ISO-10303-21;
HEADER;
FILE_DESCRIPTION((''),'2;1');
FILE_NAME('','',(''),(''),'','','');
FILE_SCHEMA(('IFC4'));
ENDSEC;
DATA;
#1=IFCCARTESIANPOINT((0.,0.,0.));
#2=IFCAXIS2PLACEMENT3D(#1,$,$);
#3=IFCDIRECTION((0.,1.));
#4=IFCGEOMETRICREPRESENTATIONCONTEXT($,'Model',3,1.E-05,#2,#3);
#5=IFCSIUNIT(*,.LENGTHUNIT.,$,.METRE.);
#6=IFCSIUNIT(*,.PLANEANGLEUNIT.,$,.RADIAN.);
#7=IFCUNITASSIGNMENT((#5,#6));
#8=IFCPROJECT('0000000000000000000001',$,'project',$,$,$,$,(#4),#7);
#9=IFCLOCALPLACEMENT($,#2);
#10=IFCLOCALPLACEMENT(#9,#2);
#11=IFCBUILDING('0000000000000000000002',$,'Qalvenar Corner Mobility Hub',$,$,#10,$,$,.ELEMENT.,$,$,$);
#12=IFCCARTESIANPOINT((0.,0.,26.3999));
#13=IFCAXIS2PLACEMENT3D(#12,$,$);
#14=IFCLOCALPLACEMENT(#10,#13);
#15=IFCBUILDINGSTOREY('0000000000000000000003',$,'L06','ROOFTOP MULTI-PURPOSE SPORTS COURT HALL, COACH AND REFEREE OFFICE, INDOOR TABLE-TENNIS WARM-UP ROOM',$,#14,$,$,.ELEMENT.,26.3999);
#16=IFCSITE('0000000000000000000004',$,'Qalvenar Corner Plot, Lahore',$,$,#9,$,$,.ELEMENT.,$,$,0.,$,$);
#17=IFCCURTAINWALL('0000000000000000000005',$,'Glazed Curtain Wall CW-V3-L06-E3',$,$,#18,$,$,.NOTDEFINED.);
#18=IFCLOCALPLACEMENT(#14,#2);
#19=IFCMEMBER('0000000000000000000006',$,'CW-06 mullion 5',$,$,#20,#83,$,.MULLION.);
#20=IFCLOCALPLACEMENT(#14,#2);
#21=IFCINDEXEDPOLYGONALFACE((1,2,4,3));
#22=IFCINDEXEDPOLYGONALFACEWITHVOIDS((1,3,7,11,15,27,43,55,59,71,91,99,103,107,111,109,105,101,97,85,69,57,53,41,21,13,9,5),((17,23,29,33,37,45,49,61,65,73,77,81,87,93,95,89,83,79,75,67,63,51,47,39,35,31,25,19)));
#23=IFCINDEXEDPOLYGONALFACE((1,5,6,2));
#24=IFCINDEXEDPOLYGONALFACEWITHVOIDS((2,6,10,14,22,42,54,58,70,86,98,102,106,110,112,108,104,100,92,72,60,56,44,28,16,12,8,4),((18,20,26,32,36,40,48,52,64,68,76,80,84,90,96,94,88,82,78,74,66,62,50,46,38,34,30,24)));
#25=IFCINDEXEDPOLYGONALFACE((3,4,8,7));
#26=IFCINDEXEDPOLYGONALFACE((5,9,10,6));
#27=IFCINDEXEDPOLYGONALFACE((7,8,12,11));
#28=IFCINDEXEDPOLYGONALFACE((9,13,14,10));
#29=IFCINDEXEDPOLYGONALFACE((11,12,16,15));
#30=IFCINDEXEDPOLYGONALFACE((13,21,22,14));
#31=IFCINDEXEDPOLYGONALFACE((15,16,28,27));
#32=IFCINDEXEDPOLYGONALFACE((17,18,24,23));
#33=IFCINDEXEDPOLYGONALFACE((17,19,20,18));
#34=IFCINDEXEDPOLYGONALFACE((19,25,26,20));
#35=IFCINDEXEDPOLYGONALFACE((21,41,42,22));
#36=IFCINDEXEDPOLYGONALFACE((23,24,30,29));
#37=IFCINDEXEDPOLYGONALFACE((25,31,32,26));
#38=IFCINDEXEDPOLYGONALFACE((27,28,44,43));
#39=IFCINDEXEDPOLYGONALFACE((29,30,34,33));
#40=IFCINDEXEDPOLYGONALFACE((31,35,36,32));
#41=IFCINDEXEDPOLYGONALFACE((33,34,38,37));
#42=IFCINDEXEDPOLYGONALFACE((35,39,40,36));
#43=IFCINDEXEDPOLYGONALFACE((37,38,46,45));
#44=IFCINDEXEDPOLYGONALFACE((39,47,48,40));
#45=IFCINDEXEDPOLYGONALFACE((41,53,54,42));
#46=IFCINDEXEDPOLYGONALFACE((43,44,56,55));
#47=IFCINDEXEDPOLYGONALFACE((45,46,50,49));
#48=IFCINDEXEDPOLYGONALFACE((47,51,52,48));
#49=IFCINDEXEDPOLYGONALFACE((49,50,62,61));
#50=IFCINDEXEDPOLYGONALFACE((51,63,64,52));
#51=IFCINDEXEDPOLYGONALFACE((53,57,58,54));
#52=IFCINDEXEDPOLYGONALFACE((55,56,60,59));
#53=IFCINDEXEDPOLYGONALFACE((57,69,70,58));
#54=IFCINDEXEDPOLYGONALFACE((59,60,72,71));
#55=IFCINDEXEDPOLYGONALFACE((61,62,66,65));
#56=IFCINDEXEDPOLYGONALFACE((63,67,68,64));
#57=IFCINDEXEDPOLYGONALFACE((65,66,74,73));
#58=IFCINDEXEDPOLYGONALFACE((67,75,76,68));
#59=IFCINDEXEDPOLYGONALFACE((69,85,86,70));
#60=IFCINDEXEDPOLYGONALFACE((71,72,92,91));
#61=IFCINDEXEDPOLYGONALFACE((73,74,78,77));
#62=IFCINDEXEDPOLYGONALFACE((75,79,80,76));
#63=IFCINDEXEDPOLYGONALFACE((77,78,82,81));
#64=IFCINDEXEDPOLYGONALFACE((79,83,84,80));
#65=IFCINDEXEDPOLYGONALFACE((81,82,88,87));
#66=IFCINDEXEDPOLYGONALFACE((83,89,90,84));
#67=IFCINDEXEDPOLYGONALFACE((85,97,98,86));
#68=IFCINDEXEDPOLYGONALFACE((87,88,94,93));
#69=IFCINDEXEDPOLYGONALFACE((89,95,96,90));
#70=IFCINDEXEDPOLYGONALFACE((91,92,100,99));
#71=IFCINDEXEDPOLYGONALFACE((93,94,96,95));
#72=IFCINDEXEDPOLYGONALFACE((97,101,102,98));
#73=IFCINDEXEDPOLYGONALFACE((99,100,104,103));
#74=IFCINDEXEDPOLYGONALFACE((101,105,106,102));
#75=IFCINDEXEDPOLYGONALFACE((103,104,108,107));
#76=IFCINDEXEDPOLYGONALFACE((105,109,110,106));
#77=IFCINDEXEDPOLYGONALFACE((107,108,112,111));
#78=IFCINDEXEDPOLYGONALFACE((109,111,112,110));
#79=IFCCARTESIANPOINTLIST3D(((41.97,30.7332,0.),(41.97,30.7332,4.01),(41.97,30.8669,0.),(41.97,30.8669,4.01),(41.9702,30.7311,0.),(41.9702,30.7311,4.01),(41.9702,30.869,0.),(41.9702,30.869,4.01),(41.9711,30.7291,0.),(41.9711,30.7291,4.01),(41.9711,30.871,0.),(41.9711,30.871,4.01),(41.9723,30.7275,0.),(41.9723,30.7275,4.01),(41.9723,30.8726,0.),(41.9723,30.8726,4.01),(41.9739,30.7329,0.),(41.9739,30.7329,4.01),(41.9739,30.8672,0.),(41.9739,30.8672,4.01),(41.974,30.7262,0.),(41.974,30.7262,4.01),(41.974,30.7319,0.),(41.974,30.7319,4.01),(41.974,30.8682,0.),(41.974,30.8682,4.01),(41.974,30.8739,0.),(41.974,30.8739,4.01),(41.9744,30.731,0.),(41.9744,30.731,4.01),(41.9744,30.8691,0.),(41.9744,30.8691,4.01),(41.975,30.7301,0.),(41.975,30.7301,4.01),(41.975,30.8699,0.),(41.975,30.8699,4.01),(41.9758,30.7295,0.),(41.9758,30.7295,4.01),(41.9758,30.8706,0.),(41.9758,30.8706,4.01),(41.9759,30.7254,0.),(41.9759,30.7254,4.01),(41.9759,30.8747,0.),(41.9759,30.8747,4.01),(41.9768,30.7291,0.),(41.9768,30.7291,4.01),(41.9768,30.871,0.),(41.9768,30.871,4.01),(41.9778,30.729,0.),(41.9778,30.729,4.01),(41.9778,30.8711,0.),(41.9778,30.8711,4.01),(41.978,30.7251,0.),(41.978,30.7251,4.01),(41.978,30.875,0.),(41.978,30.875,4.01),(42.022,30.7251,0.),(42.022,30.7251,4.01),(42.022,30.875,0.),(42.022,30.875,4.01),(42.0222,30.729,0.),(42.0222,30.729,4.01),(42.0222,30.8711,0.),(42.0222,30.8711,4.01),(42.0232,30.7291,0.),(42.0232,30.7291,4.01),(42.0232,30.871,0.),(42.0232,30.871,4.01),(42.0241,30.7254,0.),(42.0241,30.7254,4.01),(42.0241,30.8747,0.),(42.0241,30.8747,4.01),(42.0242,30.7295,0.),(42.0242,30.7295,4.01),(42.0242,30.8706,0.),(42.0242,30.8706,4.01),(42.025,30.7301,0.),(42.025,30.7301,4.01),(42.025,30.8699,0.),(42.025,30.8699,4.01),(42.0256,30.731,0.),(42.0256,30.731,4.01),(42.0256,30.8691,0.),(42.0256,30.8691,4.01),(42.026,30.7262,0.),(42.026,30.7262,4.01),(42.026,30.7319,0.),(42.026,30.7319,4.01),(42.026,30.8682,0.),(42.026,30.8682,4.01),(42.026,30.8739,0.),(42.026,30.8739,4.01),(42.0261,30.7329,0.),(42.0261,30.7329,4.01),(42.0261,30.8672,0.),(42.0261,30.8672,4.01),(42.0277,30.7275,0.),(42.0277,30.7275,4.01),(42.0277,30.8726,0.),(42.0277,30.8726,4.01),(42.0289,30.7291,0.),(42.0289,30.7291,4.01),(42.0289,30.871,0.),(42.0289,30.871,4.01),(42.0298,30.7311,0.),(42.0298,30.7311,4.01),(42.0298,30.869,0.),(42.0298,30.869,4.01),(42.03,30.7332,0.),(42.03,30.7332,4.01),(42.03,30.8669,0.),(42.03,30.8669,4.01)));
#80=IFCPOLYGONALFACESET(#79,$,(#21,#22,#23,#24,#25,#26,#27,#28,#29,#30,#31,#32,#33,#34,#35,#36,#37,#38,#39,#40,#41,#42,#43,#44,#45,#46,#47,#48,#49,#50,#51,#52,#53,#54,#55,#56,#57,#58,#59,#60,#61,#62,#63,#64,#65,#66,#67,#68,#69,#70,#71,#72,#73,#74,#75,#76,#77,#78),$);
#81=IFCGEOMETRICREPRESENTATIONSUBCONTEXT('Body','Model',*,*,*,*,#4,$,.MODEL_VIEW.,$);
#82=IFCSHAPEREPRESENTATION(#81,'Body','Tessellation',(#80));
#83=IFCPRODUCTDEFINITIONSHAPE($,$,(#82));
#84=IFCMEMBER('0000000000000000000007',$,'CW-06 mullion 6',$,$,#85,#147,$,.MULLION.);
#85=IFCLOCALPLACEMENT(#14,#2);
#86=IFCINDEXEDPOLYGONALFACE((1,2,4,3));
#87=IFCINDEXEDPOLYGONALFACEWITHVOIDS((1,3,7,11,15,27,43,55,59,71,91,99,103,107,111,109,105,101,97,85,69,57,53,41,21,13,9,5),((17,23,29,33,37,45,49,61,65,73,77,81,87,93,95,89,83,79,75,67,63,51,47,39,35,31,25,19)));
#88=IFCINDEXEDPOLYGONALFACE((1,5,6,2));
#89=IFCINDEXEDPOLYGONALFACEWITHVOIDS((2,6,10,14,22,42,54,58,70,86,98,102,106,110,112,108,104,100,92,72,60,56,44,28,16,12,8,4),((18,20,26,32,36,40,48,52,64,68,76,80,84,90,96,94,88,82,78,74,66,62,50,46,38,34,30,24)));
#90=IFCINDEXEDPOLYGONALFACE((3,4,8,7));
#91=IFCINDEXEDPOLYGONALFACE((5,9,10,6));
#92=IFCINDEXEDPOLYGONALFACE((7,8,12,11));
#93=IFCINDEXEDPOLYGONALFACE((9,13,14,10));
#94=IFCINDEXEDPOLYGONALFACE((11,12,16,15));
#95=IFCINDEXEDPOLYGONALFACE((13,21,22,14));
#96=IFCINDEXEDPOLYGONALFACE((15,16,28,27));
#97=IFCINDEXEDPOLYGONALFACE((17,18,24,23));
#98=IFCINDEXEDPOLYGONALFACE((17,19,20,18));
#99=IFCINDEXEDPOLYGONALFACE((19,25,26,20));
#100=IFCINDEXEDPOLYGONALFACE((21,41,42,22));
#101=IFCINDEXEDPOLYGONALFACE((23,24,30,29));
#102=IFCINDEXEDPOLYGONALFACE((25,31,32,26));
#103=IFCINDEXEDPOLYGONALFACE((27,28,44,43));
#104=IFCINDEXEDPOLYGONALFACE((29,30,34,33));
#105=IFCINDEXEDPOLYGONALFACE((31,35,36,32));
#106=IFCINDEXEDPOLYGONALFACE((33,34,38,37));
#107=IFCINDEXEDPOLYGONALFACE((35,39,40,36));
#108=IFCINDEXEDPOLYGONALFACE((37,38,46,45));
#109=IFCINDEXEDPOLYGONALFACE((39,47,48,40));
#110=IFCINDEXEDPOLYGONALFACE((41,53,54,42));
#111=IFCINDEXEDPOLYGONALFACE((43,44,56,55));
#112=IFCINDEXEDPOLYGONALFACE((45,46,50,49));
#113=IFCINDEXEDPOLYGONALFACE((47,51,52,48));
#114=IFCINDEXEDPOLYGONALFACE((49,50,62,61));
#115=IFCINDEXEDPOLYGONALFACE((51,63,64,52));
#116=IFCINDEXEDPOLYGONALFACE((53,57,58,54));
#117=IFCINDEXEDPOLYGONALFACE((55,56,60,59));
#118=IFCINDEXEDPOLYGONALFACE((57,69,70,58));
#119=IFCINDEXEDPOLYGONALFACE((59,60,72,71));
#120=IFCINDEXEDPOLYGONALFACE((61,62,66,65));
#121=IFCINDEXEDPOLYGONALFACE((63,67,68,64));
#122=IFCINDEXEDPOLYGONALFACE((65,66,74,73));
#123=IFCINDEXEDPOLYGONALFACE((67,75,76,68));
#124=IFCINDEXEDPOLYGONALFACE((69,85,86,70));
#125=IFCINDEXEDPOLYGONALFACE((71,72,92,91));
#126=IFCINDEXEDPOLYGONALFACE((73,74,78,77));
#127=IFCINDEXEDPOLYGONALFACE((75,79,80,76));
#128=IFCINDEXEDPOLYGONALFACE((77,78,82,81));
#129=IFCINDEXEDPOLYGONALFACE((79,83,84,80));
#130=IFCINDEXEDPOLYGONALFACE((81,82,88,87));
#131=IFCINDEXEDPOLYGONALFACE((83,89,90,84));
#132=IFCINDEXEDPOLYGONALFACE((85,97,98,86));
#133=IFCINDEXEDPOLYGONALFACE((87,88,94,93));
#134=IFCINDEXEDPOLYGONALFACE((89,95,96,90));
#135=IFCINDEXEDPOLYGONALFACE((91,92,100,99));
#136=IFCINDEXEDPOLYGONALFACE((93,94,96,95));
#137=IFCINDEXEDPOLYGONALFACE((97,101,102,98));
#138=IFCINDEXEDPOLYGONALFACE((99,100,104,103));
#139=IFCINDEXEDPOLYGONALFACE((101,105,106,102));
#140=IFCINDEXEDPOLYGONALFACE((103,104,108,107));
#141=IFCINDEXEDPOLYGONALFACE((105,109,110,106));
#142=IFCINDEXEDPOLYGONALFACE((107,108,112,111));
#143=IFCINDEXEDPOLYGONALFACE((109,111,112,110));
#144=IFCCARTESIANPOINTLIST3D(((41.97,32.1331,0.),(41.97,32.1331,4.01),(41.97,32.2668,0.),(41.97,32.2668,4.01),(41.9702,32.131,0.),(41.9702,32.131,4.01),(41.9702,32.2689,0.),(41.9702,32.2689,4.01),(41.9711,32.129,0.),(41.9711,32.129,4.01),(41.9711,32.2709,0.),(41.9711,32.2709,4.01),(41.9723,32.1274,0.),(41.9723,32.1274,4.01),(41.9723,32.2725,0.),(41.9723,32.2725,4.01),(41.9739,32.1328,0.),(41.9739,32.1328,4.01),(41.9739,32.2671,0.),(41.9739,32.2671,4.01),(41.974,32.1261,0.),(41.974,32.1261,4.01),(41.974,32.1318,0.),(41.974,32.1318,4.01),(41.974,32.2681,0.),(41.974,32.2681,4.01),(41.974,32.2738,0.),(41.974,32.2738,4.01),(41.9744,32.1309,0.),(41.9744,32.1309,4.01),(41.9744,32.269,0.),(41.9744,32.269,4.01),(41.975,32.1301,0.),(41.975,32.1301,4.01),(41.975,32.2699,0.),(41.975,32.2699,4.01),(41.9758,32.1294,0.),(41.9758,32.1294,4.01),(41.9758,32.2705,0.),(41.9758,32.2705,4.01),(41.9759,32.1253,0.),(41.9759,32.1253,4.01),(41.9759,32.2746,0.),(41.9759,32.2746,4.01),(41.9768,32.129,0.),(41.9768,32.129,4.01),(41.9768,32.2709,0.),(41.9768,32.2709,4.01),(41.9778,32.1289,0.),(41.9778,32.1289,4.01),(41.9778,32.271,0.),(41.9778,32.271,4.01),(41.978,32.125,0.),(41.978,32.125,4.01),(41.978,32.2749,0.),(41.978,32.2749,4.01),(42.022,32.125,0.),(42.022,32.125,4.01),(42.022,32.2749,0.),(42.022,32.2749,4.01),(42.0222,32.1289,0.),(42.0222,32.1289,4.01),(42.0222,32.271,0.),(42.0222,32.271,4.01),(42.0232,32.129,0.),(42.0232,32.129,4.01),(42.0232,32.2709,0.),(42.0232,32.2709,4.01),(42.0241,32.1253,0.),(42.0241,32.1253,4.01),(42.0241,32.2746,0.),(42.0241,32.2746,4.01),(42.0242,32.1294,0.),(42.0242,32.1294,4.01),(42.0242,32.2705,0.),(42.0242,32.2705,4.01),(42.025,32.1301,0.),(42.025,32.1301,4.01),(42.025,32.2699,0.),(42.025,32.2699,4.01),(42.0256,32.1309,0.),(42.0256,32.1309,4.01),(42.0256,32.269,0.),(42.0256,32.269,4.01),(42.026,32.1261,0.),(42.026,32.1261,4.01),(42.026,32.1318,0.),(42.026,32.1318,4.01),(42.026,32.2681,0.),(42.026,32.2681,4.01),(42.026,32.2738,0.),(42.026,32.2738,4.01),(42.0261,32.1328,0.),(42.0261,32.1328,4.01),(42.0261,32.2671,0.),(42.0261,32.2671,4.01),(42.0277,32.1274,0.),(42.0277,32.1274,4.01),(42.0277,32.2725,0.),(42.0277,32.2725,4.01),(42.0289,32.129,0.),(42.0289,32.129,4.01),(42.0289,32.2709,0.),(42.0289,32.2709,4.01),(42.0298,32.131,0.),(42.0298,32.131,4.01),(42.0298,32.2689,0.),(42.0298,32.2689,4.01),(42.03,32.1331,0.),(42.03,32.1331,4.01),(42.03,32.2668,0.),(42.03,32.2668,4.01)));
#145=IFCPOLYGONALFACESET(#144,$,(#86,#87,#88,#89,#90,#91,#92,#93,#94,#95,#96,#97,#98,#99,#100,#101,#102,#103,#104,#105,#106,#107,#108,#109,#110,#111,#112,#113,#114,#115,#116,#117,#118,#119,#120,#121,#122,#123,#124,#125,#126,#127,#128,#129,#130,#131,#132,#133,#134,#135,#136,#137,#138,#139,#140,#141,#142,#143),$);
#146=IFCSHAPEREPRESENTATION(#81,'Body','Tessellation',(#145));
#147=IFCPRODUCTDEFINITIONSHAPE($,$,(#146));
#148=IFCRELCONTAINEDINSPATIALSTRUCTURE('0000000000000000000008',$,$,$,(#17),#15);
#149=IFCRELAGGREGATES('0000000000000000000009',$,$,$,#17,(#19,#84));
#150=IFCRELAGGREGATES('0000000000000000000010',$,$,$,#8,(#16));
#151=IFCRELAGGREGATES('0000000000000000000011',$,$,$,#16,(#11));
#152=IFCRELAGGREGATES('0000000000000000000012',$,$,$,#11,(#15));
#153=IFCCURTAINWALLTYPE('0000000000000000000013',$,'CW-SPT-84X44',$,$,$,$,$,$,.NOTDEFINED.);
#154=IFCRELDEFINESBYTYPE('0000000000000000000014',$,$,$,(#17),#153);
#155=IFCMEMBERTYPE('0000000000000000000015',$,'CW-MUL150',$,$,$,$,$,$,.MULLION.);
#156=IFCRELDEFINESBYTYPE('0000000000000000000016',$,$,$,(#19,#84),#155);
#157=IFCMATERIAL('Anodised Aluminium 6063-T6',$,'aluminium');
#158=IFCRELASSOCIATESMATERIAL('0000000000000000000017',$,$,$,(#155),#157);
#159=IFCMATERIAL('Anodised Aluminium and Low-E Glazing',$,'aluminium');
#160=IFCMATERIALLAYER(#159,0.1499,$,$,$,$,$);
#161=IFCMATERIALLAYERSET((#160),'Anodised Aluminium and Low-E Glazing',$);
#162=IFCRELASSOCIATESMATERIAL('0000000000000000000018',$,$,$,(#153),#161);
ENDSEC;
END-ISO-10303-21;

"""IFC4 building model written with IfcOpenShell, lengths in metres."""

from ifc_helpers import new_model, si_unit, direction, frame, origin, origin_2d, place, context, subcontext, project, spatial, hollow_rectangle, extrude, material, layer, layer_set, material_profile, profile_set, type_object, element, aggregate, save


model = new_model("IFC4")

# Units and contexts
model_context = context("Model", 3, precision=1e-05, world=origin(), true_north=direction((0.0, 1.0)))
body_context = subcontext(model_context, "Body", "Model", "MODEL_VIEW")
ifc_project = project(units=[si_unit("LENGTHUNIT", "METRE"), si_unit("PLANEANGLEUNIT", "RADIAN")], contexts=[model_context])

# Site, building, storey
site_placement = place(None, origin())
site = spatial("IfcSite", under=ifc_project, at=site_placement, Name="Qalvenar Corner Plot, Lahore", CompositionType="ELEMENT", RefElevation=0.0)
building_placement = place(site_placement, origin())
building = spatial("IfcBuilding", under=site, at=building_placement, Name="Qalvenar Corner Mobility Hub", CompositionType="ELEMENT")
storey_placement = place(building_placement, frame((0.0, 0.0, 26.3999)))
storey = spatial("IfcBuildingStorey", under=building, at=storey_placement, Name="L06", Description="ROOFTOP MULTI-PURPOSE SPORTS COURT HALL, COACH AND REFEREE OFFICE, INDOOR TABLE-TENNIS WARM-UP ROOM", CompositionType="ELEMENT", Elevation=26.3999)

# Shared definitions
ifc_material_1 = material(Name="Anodised Aluminium and Low-E Glazing", Category="aluminium")
ifc_material_2 = material(Name="Anodised Aluminium 6063-T6", Category="aluminium")
ifc_material_profile_1 = material_profile(ifc_material_2, hollow_rectangle(XDim=0.0601, YDim=0.1499, WallThickness=0.0039, InnerFilletRadius=0.0039, OuterFilletRadius=0.0081, at=origin_2d()), Name="RHS150x60x4")
ifc_profile_set_1 = profile_set([ifc_material_profile_1], Name="Anodised Aluminium 6063-T6")
member_type_1 = type_object("IfcMemberType", Name="CW-MUL150", PredefinedType="MULLION", material=ifc_profile_set_1)

# Curtain wall, members
ifc_layer_1 = layer(ifc_material_1, 0.1499)
ifc_layer_set_1 = layer_set([ifc_layer_1], Name="Anodised Aluminium and Low-E Glazing")
curtain_wall_type_1 = type_object("IfcCurtainWallType", Name="CW-SPT-84X44", PredefinedType="NOTDEFINED", material=ifc_layer_set_1)
curtain_wall_1_placement = place(storey_placement, origin())
curtain_wall_1 = element("IfcCurtainWall", 1, at=curtain_wall_1_placement, inside=storey, type_object=curtain_wall_type_1, Name="Glazed Curtain Wall CW-V3-L06-E3", PredefinedType="NOTDEFINED")
member_1_placement = place(storey_placement, frame((42.0, 30.8, 0.0), z_axis=(0.0, 0.0, 1.0), x_axis=(-1.0, 0.0, 0.0)))
member_1 = element("IfcMember", 2, at=member_1_placement, type_object=member_type_1, Name="CW-06 mullion 5", PredefinedType="MULLION", context=body_context, shape_type="SweptSolid", body=[
    extrude(hollow_rectangle(XDim=0.0601, YDim=0.1499, WallThickness=0.0039, InnerFilletRadius=0.0039, OuterFilletRadius=0.0081, at=origin_2d()), origin(), (0.0, 0.0, 1.0), 4.01),
])
member_2_placement = place(storey_placement, frame((42.0, 32.2, 0.0), z_axis=(0.0, 0.0, 1.0), x_axis=(-1.0, 0.0, 0.0)))
member_2 = element("IfcMember", 3, at=member_2_placement, type_object=member_type_1, Name="CW-06 mullion 6", PredefinedType="MULLION", context=body_context, shape_type="SweptSolid", body=[
    extrude(hollow_rectangle(XDim=0.0601, YDim=0.1499, WallThickness=0.0039, InnerFilletRadius=0.0039, OuterFilletRadius=0.0081, at=origin_2d()), origin(), (0.0, 0.0, 1.0), 4.01),
])

aggregate(curtain_wall_1, [member_1, member_2])

save(model, "model.ifc")
